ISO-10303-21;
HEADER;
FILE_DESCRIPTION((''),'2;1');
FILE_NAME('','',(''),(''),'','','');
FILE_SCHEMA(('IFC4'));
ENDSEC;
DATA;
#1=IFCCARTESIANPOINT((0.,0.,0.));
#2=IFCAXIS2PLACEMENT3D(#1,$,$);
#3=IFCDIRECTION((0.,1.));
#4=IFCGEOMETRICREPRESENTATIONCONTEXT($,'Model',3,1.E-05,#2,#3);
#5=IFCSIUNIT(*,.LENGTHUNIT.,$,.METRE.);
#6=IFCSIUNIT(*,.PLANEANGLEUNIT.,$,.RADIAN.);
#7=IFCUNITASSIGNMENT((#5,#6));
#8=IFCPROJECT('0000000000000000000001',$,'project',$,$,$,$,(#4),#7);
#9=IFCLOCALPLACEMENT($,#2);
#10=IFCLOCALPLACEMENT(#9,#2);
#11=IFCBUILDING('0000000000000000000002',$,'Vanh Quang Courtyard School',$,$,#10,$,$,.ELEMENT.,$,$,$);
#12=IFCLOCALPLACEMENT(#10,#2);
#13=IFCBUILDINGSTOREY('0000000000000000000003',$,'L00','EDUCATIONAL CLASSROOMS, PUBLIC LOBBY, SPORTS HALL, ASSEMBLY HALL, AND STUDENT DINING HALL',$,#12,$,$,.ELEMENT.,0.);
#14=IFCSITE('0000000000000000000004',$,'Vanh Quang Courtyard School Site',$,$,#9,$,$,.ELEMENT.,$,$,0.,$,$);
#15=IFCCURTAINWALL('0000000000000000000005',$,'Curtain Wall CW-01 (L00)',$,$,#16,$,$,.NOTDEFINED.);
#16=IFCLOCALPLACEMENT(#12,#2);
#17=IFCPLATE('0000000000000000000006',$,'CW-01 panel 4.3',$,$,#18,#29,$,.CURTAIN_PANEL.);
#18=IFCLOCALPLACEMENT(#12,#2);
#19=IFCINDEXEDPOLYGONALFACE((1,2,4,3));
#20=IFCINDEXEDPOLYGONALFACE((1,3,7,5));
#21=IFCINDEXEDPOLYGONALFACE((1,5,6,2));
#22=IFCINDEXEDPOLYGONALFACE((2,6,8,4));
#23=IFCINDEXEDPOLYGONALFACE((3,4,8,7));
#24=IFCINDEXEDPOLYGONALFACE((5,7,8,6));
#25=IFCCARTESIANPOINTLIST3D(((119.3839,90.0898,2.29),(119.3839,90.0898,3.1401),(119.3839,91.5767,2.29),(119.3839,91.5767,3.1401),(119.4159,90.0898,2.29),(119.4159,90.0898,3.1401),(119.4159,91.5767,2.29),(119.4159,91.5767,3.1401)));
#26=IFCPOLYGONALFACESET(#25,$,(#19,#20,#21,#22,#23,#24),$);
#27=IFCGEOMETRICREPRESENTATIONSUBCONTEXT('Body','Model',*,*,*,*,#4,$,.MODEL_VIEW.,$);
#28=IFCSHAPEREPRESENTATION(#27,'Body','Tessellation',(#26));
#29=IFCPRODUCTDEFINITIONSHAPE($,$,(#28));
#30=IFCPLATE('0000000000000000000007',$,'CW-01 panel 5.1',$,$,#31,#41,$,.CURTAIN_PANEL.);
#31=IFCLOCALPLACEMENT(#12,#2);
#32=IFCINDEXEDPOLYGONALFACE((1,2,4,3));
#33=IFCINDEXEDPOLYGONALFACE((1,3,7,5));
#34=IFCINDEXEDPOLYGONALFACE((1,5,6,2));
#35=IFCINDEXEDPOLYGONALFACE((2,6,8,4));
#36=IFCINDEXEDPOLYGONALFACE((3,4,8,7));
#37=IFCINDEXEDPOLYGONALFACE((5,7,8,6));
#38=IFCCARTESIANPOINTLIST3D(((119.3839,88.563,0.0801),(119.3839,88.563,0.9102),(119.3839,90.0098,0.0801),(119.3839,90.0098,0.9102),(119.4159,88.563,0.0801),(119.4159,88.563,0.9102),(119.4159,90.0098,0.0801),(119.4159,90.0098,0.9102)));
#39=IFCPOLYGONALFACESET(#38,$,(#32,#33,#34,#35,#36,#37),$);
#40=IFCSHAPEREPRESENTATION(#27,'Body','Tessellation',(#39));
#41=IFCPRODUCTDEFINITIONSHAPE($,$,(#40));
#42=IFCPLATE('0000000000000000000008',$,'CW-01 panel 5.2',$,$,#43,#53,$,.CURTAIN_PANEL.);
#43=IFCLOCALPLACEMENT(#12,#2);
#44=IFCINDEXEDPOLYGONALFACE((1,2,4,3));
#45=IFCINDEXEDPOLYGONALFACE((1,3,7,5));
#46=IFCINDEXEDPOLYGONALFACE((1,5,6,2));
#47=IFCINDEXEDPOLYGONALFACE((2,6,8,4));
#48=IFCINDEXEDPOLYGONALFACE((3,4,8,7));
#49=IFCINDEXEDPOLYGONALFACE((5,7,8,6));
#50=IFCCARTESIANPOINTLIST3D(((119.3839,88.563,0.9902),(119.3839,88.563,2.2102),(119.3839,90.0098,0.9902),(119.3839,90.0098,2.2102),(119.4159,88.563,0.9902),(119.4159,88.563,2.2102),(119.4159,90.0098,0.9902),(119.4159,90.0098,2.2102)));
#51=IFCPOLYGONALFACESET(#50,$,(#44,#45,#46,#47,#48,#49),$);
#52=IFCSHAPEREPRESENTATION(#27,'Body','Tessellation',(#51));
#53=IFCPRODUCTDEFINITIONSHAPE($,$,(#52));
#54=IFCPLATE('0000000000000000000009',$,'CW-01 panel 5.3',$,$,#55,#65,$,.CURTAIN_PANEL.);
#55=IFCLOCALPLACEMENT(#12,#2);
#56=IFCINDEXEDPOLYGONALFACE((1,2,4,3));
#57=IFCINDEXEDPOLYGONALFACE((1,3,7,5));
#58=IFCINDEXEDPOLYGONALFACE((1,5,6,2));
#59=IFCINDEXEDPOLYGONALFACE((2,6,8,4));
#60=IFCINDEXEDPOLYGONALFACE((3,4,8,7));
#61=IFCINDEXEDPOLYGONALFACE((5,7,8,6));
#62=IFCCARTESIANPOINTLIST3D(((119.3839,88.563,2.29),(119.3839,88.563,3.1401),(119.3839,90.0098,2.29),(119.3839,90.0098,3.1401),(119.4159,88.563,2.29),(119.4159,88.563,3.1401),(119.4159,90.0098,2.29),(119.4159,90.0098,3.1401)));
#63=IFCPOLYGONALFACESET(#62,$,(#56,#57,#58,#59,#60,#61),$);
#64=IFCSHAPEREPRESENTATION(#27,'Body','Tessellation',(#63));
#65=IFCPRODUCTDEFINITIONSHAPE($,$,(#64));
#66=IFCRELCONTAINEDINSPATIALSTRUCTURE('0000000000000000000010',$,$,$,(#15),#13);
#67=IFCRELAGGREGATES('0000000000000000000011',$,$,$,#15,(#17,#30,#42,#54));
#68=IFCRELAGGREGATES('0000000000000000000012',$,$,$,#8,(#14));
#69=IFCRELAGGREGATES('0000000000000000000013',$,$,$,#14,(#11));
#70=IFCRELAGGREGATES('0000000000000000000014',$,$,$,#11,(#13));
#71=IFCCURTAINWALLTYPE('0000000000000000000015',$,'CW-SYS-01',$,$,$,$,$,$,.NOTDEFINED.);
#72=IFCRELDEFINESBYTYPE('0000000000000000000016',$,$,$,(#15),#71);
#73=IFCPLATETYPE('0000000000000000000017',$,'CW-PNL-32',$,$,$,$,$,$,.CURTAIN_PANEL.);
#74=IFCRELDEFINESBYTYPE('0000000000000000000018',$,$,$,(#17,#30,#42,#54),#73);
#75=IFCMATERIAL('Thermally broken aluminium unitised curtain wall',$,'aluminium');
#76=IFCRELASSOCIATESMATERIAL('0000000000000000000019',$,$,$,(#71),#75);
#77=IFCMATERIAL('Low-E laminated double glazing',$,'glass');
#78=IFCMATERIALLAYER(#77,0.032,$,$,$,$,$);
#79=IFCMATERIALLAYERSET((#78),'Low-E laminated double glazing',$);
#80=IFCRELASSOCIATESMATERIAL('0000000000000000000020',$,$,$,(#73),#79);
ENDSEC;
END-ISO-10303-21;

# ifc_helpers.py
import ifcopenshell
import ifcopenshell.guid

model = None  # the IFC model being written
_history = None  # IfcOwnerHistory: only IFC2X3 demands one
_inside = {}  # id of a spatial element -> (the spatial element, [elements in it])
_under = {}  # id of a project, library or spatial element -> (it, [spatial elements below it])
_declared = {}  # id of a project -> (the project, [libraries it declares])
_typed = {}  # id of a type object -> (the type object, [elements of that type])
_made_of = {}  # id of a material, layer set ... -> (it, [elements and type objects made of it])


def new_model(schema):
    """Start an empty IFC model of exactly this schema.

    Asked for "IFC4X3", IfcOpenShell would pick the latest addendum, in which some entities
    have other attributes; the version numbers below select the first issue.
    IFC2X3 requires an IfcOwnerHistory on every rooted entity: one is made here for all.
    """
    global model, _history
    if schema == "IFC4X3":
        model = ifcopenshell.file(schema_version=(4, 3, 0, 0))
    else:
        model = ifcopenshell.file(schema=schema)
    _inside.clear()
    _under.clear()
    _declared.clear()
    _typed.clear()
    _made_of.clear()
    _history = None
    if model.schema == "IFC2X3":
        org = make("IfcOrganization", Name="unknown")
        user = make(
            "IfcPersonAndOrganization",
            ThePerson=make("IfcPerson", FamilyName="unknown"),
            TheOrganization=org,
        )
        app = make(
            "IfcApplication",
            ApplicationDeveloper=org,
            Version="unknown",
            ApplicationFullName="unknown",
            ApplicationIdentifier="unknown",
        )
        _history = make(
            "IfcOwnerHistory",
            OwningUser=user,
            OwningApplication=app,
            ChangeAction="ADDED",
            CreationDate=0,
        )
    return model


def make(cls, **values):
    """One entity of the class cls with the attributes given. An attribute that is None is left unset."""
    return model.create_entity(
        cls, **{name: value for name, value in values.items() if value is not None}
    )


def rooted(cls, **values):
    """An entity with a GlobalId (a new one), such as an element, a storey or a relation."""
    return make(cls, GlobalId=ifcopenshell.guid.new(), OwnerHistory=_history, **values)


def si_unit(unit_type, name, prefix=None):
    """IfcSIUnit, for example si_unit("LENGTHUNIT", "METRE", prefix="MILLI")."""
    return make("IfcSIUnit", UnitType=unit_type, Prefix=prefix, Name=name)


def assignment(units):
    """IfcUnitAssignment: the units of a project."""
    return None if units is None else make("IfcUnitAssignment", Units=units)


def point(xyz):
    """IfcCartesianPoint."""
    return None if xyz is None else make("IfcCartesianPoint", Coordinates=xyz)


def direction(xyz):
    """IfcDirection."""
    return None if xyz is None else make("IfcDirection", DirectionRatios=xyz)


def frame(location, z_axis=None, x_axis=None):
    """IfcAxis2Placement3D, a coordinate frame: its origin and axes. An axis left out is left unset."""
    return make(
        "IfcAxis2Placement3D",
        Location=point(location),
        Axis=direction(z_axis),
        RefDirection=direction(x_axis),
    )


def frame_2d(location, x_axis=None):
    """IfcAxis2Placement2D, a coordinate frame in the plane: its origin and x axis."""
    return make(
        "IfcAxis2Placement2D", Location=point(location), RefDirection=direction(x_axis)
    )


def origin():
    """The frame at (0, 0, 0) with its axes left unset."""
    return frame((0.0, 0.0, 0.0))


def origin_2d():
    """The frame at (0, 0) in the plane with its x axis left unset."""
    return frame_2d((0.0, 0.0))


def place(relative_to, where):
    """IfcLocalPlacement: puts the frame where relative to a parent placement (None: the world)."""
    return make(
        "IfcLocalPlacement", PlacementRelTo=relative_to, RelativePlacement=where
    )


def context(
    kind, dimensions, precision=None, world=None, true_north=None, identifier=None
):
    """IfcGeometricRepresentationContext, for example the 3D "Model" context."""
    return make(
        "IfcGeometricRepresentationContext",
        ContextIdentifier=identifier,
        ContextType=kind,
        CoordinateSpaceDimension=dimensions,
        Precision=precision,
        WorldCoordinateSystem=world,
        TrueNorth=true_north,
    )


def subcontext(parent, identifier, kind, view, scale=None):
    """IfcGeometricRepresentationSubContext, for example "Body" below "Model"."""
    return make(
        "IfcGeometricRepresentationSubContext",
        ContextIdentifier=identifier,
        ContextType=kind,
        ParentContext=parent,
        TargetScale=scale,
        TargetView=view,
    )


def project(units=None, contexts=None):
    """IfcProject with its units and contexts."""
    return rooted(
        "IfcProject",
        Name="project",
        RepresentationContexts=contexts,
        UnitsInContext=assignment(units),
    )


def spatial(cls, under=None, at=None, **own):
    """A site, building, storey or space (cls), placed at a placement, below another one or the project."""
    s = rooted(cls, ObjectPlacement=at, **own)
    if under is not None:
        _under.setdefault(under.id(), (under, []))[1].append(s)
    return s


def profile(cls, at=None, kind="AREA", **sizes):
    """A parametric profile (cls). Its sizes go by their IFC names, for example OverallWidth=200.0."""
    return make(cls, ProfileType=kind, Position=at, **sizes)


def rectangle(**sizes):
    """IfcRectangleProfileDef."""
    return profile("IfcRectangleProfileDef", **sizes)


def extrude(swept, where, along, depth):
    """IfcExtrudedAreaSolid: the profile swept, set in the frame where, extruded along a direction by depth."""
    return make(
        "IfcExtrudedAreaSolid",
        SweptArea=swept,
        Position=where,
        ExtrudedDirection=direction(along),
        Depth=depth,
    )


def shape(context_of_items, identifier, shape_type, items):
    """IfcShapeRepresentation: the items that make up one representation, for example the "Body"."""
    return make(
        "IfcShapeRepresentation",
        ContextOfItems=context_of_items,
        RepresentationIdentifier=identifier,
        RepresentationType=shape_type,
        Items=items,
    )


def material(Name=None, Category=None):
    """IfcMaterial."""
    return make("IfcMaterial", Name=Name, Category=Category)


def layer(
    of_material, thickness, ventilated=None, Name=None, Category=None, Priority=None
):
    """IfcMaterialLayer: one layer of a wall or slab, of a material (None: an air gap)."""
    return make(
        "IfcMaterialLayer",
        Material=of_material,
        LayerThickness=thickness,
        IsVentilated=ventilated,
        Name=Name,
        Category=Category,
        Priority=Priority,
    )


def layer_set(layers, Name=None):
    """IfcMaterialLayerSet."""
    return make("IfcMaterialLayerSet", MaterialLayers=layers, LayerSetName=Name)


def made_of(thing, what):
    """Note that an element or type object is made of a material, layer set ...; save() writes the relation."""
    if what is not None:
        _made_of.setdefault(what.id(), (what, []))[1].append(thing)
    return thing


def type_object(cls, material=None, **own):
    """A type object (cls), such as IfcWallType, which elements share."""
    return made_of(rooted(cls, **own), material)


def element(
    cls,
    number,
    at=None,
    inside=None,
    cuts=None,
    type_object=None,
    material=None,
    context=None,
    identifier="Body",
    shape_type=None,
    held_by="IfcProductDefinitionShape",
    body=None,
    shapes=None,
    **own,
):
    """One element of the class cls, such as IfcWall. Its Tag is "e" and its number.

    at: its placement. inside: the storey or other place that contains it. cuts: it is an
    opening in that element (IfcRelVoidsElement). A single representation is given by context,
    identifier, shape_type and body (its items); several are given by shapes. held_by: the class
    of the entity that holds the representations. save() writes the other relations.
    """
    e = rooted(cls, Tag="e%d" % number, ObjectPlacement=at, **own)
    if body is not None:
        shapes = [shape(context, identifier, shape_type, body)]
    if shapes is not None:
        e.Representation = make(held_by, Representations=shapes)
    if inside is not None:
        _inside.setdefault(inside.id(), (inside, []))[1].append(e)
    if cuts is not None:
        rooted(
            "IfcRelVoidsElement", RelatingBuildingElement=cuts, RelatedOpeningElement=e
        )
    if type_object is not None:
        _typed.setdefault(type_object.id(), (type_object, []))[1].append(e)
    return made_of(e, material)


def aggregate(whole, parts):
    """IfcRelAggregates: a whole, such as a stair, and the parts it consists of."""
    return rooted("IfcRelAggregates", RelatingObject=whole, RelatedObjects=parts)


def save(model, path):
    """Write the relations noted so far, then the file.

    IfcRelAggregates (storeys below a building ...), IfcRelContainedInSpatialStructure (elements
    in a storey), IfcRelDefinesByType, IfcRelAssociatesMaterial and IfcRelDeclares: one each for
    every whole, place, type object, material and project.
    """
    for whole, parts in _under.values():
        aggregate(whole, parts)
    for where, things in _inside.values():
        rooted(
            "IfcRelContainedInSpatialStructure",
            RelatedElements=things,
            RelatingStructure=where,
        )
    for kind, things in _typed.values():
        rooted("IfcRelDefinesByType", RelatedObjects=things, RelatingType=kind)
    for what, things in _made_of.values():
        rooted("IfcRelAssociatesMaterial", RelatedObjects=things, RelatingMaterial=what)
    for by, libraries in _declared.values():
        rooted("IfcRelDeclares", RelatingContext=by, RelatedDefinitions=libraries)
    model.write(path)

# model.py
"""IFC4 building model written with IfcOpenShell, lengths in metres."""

from ifc_helpers import new_model, si_unit, direction, frame, origin, origin_2d, place, context, subcontext, project, spatial, rectangle, extrude, material, layer, layer_set, type_object, element, aggregate, save


model = new_model("IFC4")

# Units and contexts
model_context = context("Model", 3, precision=1e-05, world=origin(), true_north=direction((0.0, 1.0)))
body_context = subcontext(model_context, "Body", "Model", "MODEL_VIEW")
ifc_project = project(units=[si_unit("LENGTHUNIT", "METRE"), si_unit("PLANEANGLEUNIT", "RADIAN")], contexts=[model_context])

# Site, building, storey
site_placement = place(None, origin())
site = spatial("IfcSite", under=ifc_project, at=site_placement, Name="Vanh Quang Courtyard School Site", CompositionType="ELEMENT", RefElevation=0.0)
building_placement = place(site_placement, origin())
building = spatial("IfcBuilding", under=site, at=building_placement, Name="Vanh Quang Courtyard School", CompositionType="ELEMENT")
storey_placement = place(building_placement, origin())
storey = spatial("IfcBuildingStorey", under=building, at=storey_placement, Name="L00", Description="EDUCATIONAL CLASSROOMS, PUBLIC LOBBY, SPORTS HALL, ASSEMBLY HALL, AND STUDENT DINING HALL", CompositionType="ELEMENT", Elevation=0.0)

# Curtain wall, plates
ifc_material_1 = material(Name="Thermally broken aluminium unitised curtain wall", Category="aluminium")
curtain_wall_type = type_object("IfcCurtainWallType", Name="CW-SYS-01", PredefinedType="NOTDEFINED", material=ifc_material_1)
curtain_wall_placement = place(storey_placement, origin())
curtain_wall = element("IfcCurtainWall", 1, at=curtain_wall_placement, inside=storey, type_object=curtain_wall_type, Name="Curtain Wall CW-01 (L00)", PredefinedType="NOTDEFINED")
ifc_material_2 = material(Name="Low-E laminated double glazing", Category="glass")
ifc_layer = layer(ifc_material_2, 0.032)
ifc_layer_set = layer_set([ifc_layer], Name="Low-E laminated double glazing")
plate_type = type_object("IfcPlateType", Name="CW-PNL-32", PredefinedType="CURTAIN_PANEL", material=ifc_layer_set)
plate_1_placement = place(storey_placement, frame((119.3999, 90.8333, 2.29), z_axis=(0.0, 0.0, 1.0), x_axis=(0.0, -1.0, 0.0)))
plate_1 = element("IfcPlate", 2, at=plate_1_placement, type_object=plate_type, Name="CW-01 panel 4.3", PredefinedType="CURTAIN_PANEL", context=body_context, shape_type="SweptSolid", body=[
    extrude(rectangle(XDim=1.4868, YDim=0.032, at=origin_2d()), origin(), (0.0, 0.0, 1.0), 0.8501),
])
plate_2_placement = place(storey_placement, frame((119.3999, 89.2864, 0.0801), z_axis=(0.0, 0.0, 1.0), x_axis=(0.0, -1.0, 0.0)))
plate_2 = element("IfcPlate", 3, at=plate_2_placement, type_object=plate_type, Name="CW-01 panel 5.1", PredefinedType="CURTAIN_PANEL", context=body_context, shape_type="SweptSolid", body=[
    extrude(rectangle(XDim=1.4468, YDim=0.032, at=origin_2d()), origin(), (0.0, 0.0, 1.0), 0.8301),
])
plate_3_placement = place(storey_placement, frame((119.3999, 89.2864, 0.9902), z_axis=(0.0, 0.0, 1.0), x_axis=(0.0, -1.0, 0.0)))
plate_3 = element("IfcPlate", 4, at=plate_3_placement, type_object=plate_type, Name="CW-01 panel 5.2", PredefinedType="CURTAIN_PANEL", context=body_context, shape_type="SweptSolid", body=[
    extrude(rectangle(XDim=1.4468, YDim=0.032, at=origin_2d()), origin(), (0.0, 0.0, 1.0), 1.22),
])
plate_4_placement = place(storey_placement, frame((119.3999, 89.2864, 2.29), z_axis=(0.0, 0.0, 1.0), x_axis=(0.0, -1.0, 0.0)))
plate_4 = element("IfcPlate", 5, at=plate_4_placement, type_object=plate_type, Name="CW-01 panel 5.3", PredefinedType="CURTAIN_PANEL", context=body_context, shape_type="SweptSolid", body=[
    extrude(rectangle(XDim=1.4468, YDim=0.032, at=origin_2d()), origin(), (0.0, 0.0, 1.0), 0.8501),
])
aggregate(curtain_wall, [plate_1, plate_2, plate_3, plate_4])

save(model, "model.ifc")
